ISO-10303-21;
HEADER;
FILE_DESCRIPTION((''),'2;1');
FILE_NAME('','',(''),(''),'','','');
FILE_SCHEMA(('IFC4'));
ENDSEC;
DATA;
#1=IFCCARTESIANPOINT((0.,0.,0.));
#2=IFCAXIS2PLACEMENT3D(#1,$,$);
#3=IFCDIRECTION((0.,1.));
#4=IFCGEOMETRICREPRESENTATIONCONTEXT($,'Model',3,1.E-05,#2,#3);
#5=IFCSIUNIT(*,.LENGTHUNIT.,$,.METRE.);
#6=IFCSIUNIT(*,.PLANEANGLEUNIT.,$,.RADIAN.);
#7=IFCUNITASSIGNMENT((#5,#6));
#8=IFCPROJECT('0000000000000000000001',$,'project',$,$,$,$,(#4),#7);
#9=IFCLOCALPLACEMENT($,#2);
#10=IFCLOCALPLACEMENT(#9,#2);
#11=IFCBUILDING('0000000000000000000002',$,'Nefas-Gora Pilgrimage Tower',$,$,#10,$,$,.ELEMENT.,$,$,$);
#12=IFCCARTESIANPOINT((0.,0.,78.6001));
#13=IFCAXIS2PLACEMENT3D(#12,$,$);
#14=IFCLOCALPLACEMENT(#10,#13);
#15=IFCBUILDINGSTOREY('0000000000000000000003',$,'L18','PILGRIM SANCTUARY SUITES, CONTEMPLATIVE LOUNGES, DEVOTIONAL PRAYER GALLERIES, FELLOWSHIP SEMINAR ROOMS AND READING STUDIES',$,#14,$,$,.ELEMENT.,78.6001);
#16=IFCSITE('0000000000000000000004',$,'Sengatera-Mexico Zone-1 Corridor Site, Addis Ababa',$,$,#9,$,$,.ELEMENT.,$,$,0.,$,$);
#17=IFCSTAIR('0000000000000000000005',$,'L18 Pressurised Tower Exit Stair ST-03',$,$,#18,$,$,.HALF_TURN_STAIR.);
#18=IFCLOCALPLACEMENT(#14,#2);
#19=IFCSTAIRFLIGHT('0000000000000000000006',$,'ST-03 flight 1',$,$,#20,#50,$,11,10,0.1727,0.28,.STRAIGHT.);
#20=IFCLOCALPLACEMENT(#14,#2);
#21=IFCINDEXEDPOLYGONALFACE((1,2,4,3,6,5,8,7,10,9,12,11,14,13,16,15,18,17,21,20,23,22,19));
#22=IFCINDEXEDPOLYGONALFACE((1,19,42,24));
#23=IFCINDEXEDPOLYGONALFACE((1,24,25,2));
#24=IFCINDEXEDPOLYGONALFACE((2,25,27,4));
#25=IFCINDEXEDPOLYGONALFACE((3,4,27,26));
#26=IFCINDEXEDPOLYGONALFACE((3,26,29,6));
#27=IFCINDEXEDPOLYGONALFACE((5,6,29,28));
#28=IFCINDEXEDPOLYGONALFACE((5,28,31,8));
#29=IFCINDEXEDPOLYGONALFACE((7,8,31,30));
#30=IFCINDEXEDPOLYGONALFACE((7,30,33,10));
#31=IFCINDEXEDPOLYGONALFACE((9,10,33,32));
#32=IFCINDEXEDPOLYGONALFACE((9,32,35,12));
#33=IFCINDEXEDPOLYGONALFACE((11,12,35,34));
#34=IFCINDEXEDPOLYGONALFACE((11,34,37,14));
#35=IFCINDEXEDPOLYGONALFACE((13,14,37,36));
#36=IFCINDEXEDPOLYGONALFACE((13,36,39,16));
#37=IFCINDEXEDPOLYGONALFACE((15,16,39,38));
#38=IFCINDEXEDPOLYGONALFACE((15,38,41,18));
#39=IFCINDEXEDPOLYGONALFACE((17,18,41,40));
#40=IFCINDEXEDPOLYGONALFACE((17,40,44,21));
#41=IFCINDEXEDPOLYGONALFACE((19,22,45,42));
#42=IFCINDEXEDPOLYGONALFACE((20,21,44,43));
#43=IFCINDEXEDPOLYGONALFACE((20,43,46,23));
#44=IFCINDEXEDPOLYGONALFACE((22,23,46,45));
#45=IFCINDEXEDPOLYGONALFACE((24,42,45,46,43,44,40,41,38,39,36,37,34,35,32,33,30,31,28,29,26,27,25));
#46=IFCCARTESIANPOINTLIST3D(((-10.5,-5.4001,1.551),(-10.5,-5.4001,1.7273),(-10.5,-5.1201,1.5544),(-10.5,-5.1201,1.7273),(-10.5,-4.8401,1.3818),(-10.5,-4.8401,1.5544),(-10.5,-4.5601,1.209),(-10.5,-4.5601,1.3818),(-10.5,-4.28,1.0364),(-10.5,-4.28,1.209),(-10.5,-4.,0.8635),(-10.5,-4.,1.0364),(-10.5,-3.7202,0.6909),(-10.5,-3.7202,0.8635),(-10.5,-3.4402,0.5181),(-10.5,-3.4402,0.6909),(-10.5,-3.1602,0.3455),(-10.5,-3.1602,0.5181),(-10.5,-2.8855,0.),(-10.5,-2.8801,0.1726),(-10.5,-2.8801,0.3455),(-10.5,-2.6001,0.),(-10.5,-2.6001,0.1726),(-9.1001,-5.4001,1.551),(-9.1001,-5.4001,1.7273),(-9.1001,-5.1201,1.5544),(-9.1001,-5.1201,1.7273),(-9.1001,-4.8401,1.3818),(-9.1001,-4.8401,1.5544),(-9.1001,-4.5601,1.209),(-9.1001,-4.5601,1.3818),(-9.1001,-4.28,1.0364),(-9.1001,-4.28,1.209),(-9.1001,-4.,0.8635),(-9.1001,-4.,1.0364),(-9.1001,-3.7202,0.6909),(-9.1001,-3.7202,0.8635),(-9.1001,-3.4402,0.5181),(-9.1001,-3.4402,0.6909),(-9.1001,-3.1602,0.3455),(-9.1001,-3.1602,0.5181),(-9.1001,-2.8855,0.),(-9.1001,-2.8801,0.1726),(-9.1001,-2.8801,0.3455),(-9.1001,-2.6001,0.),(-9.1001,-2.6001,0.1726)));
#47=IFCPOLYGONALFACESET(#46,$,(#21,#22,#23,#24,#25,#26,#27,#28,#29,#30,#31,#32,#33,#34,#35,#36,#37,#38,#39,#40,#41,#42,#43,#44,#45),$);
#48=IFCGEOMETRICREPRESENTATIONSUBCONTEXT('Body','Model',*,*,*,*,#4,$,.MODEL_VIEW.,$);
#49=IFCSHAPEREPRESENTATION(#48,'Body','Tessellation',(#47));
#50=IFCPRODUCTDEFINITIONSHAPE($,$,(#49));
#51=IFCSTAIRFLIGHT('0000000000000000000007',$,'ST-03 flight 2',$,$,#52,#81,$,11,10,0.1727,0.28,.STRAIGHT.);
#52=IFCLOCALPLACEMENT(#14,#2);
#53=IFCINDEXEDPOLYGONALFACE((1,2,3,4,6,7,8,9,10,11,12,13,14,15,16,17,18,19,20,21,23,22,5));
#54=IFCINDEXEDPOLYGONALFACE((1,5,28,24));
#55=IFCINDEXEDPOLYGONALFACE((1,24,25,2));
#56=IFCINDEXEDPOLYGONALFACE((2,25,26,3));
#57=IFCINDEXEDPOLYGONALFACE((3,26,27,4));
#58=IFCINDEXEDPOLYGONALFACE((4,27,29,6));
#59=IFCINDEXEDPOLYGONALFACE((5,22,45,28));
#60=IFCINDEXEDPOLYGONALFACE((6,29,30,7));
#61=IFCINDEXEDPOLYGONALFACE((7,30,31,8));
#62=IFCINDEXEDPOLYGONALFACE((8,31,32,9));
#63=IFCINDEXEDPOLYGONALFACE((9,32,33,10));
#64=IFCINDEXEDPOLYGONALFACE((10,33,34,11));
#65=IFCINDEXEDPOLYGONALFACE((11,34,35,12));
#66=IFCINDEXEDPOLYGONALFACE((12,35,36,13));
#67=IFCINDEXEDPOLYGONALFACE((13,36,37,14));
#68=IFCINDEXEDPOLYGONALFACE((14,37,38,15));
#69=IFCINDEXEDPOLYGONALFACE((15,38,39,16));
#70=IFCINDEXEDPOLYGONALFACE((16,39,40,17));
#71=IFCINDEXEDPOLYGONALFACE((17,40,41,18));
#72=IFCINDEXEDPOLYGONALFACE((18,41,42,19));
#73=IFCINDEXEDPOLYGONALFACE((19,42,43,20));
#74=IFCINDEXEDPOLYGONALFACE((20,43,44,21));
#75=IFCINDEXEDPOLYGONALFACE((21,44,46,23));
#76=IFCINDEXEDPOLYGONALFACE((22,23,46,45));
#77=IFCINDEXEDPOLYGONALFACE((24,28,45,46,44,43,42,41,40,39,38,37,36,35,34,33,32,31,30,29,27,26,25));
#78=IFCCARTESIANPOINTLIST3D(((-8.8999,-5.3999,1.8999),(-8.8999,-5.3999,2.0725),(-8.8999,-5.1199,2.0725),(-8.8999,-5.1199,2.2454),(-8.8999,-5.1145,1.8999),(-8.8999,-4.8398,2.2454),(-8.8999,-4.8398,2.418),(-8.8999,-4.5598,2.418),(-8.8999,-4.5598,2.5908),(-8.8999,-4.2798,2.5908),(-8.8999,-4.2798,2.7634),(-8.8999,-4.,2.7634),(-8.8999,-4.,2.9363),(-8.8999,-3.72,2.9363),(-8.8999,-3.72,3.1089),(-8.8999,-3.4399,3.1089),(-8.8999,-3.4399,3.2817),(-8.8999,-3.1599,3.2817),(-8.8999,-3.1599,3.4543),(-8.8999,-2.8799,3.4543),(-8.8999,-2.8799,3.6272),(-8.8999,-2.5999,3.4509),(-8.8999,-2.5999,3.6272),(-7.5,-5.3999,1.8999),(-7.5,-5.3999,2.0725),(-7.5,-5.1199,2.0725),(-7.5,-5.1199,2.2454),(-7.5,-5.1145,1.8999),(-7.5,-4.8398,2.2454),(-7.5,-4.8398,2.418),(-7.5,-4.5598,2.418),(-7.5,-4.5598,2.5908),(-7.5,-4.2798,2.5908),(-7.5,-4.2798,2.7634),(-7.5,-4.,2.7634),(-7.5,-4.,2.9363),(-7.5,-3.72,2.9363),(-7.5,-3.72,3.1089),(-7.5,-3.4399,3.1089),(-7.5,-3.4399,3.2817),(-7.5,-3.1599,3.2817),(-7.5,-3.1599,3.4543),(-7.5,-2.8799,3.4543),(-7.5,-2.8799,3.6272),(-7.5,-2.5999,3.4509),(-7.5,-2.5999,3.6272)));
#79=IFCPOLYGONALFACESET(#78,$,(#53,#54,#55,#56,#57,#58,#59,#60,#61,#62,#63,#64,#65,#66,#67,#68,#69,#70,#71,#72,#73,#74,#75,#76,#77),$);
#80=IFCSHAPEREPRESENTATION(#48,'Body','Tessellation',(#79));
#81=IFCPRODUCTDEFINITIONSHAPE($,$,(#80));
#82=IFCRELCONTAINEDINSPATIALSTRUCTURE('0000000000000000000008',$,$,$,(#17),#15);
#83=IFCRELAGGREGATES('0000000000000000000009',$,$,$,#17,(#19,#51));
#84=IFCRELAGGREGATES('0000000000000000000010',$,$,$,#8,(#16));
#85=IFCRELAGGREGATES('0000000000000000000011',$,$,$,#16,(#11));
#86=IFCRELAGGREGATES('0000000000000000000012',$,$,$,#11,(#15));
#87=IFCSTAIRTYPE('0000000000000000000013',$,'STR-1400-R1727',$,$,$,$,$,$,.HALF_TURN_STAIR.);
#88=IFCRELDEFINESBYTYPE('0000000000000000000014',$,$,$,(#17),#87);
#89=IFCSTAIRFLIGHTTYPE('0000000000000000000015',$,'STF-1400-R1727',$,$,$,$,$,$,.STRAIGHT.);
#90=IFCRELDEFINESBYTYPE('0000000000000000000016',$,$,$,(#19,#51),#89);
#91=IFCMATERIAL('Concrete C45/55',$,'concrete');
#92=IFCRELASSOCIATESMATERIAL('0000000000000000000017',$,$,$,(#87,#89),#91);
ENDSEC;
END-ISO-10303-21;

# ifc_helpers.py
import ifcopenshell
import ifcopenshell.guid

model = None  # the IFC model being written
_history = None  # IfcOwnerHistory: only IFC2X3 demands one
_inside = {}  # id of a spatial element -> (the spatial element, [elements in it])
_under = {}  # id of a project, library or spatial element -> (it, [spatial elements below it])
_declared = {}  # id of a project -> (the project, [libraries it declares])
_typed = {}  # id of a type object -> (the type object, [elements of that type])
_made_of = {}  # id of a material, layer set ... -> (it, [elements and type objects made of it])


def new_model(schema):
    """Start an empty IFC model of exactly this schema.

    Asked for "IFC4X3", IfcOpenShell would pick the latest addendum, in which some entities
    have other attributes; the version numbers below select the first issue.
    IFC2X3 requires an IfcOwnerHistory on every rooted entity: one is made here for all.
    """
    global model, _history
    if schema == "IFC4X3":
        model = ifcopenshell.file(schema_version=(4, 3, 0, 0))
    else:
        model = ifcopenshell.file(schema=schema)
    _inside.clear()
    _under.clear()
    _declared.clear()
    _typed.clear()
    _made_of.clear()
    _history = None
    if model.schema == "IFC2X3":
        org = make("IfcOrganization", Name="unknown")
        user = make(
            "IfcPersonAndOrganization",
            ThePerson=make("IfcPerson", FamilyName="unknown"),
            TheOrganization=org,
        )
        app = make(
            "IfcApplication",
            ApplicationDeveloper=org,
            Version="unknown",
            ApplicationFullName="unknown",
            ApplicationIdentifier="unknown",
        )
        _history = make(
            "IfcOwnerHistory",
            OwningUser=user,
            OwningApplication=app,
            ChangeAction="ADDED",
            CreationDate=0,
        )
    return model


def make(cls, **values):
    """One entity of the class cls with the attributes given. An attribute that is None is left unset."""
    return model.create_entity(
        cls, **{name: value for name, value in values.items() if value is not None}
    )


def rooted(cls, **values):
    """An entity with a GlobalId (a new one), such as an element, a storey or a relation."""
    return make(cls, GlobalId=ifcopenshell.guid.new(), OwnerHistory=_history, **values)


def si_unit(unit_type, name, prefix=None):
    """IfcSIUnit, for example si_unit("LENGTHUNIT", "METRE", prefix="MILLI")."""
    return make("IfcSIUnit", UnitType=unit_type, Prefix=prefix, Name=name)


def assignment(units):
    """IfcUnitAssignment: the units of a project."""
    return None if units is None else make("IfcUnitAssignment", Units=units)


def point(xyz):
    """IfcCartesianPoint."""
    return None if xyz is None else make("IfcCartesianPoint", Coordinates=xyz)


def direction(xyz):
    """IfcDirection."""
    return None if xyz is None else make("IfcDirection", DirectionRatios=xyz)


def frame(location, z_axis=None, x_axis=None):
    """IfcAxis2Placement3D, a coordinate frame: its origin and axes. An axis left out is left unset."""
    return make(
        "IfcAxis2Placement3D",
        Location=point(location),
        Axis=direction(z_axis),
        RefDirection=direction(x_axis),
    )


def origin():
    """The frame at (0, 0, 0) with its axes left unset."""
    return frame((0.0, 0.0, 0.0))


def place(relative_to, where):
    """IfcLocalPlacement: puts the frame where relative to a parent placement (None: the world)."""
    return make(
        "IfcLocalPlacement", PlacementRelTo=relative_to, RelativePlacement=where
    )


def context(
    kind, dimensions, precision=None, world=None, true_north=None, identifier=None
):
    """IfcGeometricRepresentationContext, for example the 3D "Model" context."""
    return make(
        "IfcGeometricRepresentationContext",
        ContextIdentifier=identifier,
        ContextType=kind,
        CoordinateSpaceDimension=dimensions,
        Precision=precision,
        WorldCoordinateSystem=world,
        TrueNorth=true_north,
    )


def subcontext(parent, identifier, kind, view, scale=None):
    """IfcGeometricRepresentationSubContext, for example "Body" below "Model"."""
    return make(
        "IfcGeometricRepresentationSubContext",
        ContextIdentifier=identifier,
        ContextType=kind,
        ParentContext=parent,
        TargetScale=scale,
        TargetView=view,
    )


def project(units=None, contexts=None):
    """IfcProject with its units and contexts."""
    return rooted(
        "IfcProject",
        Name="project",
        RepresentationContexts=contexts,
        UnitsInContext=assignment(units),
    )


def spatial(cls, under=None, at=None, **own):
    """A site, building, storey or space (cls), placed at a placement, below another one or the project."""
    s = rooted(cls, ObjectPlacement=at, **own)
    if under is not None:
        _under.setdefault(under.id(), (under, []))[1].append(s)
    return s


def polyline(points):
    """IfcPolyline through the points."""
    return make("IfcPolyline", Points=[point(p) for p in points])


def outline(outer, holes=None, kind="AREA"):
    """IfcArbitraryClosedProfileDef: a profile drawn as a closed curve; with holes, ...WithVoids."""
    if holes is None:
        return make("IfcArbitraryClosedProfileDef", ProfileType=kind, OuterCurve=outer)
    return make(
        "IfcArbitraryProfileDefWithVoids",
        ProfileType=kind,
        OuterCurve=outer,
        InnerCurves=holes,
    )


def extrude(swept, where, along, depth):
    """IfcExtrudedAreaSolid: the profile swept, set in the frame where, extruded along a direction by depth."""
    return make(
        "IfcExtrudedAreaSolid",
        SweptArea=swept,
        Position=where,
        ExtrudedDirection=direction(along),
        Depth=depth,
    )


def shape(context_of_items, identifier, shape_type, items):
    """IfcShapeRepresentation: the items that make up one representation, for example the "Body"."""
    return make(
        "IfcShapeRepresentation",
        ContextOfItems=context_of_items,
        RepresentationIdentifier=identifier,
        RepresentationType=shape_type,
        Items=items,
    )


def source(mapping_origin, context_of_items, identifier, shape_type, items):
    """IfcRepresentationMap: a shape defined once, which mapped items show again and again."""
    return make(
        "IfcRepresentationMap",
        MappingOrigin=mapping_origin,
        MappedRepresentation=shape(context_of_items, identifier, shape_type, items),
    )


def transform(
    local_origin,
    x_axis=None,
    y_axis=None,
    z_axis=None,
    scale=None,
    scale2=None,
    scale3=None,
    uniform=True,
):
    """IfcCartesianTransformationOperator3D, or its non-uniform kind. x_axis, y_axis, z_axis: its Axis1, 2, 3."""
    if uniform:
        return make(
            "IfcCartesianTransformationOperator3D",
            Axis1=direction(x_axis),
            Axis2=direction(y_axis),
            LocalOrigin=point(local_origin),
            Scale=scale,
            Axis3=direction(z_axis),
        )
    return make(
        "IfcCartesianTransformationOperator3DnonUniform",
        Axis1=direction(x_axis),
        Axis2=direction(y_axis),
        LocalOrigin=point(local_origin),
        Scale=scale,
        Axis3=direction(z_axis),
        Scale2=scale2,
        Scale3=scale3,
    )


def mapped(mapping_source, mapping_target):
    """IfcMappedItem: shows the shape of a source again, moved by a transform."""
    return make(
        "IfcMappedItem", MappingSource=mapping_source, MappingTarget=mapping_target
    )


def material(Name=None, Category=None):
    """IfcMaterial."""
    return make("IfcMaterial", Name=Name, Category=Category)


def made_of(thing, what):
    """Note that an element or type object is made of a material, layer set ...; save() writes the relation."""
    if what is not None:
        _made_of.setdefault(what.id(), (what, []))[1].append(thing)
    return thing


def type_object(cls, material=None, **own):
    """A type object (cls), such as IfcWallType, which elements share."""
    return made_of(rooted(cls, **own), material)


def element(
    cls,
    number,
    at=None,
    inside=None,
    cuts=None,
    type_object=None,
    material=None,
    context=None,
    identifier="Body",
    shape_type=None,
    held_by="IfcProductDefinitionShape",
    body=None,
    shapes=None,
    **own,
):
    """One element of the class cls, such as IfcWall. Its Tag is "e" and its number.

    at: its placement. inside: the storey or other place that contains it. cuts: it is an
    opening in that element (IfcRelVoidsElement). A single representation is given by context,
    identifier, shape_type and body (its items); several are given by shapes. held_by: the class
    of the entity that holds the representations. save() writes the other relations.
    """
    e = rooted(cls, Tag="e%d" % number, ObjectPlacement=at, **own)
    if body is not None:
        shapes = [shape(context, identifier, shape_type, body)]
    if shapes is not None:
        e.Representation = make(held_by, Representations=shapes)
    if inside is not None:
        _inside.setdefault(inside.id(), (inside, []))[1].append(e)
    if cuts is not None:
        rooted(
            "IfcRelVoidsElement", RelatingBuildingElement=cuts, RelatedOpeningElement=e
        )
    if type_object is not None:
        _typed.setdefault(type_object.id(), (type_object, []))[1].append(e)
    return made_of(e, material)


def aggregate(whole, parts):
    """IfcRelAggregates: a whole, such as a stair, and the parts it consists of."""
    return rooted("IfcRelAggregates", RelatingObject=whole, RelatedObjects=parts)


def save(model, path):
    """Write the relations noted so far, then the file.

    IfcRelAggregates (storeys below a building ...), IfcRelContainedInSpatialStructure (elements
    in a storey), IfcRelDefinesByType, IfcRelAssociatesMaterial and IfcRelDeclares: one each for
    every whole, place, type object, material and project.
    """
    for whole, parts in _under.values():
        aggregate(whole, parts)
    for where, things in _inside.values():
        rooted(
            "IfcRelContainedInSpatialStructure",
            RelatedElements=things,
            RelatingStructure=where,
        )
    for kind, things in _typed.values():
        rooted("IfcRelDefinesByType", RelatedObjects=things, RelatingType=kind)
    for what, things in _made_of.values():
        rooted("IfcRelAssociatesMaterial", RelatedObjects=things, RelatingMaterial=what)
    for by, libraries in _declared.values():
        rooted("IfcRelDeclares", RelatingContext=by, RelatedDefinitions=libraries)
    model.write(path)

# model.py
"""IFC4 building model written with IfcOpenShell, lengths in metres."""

from ifc_helpers import new_model, si_unit, direction, frame, origin, place, context, subcontext, project, spatial, polyline, outline, extrude, source, transform, mapped, material, type_object, element, aggregate, save


model = new_model("IFC4")

# Units and contexts
model_context = context("Model", 3, precision=1e-05, world=origin(), true_north=direction((0.0, 1.0)))
body_context = subcontext(model_context, "Body", "Model", "MODEL_VIEW")
ifc_project = project(units=[si_unit("LENGTHUNIT", "METRE"), si_unit("PLANEANGLEUNIT", "RADIAN")], contexts=[model_context])

# Site, building, storey
site_placement = place(None, origin())
site = spatial("IfcSite", under=ifc_project, at=site_placement, Name="Sengatera-Mexico Zone-1 Corridor Site, Addis Ababa", CompositionType="ELEMENT", RefElevation=0.0)
building_placement = place(site_placement, origin())
building = spatial("IfcBuilding", under=site, at=building_placement, Name="Nefas-Gora Pilgrimage Tower", CompositionType="ELEMENT")
storey_placement = place(building_placement, frame((0.0, 0.0, 78.6001)))
storey = spatial("IfcBuildingStorey", under=building, at=storey_placement, Name="L18", Description="PILGRIM SANCTUARY SUITES, CONTEMPLATIVE LOUNGES, DEVOTIONAL PRAYER GALLERIES, FELLOWSHIP SEMINAR ROOMS AND READING STUDIES", CompositionType="ELEMENT", Elevation=78.6001)

# Shared definitions
ifc_material_1 = material(Name="Concrete C45/55", Category="concrete")

# Stair, stair flights
stair_type = type_object("IfcStairType", Name="STR-1400-R1727", PredefinedType="HALF_TURN_STAIR", material=ifc_material_1)
stair_placement = place(storey_placement, origin())
stair = element("IfcStair", 1, at=stair_placement, inside=storey, type_object=stair_type, Name="L18 Pressurised Tower Exit Stair ST-03", PredefinedType="HALF_TURN_STAIR")
stair_flight_type = type_object("IfcStairFlightType", Name="STF-1400-R1727", PredefinedType="STRAIGHT", material=ifc_material_1)
shared_shape_1 = source(origin(), body_context, "Body", "SweptSolid", [
    extrude(outline(polyline([(0.0, 0.0), (0.0, 0.1726), (0.28, 0.1726), (0.28, 0.3455), (0.5601, 0.3455), (0.5601, 0.5181), (0.8401, 0.5181), (0.8401, 0.6909), (1.1201, 0.6909), (1.1201, 0.8635), (1.3999, 0.8635), (1.3999, 1.0364), (1.6799, 1.0364), (1.6799, 1.209), (1.96, 1.209), (1.96, 1.3818), (2.24, 1.3818), (2.24, 1.5544), (2.52, 1.5544), (2.52, 1.7273), (2.8, 1.7273), (2.8, 1.8999), (2.8, 1.551), (0.2854, 0.0), (0.0, 0.0)])), frame((0.0, 0.7, 0.0), z_axis=(0.0, -1.0, 0.0), x_axis=(1.0, 0.0, 0.0)), (0.0, 0.0, 1.0), 1.3999),
])
stair_flight_1_placement = place(storey_placement, frame((-9.8, -2.6001, 0.0), z_axis=(0.0, 0.0, 1.0), x_axis=(0.0, -1.0, 0.0)))
stair_flight_1 = element("IfcStairFlight", 2, at=stair_flight_1_placement, type_object=stair_flight_type, Name="ST-03 flight 1", NumberOfRisers=11, NumberOfTreads=10, PredefinedType="STRAIGHT", RiserHeight=0.1727, TreadLength=0.28, context=body_context, shape_type="MappedRepresentation", body=[
    mapped(shared_shape_1, transform((0.0, 0.0, 0.0), x_axis=(1.0, 0.0, 0.0), y_axis=(0.0, 1.0, 0.0), z_axis=(0.0, 0.0, 1.0), scale=1.0)),
])
stair_flight_2_placement = place(storey_placement, frame((-8.2, -5.3999, 1.8999), z_axis=(0.0, 0.0, 1.0), x_axis=(0.0, 1.0, 0.0)))
stair_flight_2 = element("IfcStairFlight", 3, at=stair_flight_2_placement, type_object=stair_flight_type, Name="ST-03 flight 2", NumberOfRisers=11, NumberOfTreads=10, PredefinedType="STRAIGHT", RiserHeight=0.1727, TreadLength=0.28, context=body_context, shape_type="MappedRepresentation", body=[
    mapped(shared_shape_1, transform((0.0, 0.0, 0.0), x_axis=(1.0, 0.0, 0.0), y_axis=(0.0, 1.0, 0.0), z_axis=(0.0, 0.0, 1.0), scale=1.0)),
])
aggregate(stair, [stair_flight_1, stair_flight_2])

save(model, "model.ifc")
